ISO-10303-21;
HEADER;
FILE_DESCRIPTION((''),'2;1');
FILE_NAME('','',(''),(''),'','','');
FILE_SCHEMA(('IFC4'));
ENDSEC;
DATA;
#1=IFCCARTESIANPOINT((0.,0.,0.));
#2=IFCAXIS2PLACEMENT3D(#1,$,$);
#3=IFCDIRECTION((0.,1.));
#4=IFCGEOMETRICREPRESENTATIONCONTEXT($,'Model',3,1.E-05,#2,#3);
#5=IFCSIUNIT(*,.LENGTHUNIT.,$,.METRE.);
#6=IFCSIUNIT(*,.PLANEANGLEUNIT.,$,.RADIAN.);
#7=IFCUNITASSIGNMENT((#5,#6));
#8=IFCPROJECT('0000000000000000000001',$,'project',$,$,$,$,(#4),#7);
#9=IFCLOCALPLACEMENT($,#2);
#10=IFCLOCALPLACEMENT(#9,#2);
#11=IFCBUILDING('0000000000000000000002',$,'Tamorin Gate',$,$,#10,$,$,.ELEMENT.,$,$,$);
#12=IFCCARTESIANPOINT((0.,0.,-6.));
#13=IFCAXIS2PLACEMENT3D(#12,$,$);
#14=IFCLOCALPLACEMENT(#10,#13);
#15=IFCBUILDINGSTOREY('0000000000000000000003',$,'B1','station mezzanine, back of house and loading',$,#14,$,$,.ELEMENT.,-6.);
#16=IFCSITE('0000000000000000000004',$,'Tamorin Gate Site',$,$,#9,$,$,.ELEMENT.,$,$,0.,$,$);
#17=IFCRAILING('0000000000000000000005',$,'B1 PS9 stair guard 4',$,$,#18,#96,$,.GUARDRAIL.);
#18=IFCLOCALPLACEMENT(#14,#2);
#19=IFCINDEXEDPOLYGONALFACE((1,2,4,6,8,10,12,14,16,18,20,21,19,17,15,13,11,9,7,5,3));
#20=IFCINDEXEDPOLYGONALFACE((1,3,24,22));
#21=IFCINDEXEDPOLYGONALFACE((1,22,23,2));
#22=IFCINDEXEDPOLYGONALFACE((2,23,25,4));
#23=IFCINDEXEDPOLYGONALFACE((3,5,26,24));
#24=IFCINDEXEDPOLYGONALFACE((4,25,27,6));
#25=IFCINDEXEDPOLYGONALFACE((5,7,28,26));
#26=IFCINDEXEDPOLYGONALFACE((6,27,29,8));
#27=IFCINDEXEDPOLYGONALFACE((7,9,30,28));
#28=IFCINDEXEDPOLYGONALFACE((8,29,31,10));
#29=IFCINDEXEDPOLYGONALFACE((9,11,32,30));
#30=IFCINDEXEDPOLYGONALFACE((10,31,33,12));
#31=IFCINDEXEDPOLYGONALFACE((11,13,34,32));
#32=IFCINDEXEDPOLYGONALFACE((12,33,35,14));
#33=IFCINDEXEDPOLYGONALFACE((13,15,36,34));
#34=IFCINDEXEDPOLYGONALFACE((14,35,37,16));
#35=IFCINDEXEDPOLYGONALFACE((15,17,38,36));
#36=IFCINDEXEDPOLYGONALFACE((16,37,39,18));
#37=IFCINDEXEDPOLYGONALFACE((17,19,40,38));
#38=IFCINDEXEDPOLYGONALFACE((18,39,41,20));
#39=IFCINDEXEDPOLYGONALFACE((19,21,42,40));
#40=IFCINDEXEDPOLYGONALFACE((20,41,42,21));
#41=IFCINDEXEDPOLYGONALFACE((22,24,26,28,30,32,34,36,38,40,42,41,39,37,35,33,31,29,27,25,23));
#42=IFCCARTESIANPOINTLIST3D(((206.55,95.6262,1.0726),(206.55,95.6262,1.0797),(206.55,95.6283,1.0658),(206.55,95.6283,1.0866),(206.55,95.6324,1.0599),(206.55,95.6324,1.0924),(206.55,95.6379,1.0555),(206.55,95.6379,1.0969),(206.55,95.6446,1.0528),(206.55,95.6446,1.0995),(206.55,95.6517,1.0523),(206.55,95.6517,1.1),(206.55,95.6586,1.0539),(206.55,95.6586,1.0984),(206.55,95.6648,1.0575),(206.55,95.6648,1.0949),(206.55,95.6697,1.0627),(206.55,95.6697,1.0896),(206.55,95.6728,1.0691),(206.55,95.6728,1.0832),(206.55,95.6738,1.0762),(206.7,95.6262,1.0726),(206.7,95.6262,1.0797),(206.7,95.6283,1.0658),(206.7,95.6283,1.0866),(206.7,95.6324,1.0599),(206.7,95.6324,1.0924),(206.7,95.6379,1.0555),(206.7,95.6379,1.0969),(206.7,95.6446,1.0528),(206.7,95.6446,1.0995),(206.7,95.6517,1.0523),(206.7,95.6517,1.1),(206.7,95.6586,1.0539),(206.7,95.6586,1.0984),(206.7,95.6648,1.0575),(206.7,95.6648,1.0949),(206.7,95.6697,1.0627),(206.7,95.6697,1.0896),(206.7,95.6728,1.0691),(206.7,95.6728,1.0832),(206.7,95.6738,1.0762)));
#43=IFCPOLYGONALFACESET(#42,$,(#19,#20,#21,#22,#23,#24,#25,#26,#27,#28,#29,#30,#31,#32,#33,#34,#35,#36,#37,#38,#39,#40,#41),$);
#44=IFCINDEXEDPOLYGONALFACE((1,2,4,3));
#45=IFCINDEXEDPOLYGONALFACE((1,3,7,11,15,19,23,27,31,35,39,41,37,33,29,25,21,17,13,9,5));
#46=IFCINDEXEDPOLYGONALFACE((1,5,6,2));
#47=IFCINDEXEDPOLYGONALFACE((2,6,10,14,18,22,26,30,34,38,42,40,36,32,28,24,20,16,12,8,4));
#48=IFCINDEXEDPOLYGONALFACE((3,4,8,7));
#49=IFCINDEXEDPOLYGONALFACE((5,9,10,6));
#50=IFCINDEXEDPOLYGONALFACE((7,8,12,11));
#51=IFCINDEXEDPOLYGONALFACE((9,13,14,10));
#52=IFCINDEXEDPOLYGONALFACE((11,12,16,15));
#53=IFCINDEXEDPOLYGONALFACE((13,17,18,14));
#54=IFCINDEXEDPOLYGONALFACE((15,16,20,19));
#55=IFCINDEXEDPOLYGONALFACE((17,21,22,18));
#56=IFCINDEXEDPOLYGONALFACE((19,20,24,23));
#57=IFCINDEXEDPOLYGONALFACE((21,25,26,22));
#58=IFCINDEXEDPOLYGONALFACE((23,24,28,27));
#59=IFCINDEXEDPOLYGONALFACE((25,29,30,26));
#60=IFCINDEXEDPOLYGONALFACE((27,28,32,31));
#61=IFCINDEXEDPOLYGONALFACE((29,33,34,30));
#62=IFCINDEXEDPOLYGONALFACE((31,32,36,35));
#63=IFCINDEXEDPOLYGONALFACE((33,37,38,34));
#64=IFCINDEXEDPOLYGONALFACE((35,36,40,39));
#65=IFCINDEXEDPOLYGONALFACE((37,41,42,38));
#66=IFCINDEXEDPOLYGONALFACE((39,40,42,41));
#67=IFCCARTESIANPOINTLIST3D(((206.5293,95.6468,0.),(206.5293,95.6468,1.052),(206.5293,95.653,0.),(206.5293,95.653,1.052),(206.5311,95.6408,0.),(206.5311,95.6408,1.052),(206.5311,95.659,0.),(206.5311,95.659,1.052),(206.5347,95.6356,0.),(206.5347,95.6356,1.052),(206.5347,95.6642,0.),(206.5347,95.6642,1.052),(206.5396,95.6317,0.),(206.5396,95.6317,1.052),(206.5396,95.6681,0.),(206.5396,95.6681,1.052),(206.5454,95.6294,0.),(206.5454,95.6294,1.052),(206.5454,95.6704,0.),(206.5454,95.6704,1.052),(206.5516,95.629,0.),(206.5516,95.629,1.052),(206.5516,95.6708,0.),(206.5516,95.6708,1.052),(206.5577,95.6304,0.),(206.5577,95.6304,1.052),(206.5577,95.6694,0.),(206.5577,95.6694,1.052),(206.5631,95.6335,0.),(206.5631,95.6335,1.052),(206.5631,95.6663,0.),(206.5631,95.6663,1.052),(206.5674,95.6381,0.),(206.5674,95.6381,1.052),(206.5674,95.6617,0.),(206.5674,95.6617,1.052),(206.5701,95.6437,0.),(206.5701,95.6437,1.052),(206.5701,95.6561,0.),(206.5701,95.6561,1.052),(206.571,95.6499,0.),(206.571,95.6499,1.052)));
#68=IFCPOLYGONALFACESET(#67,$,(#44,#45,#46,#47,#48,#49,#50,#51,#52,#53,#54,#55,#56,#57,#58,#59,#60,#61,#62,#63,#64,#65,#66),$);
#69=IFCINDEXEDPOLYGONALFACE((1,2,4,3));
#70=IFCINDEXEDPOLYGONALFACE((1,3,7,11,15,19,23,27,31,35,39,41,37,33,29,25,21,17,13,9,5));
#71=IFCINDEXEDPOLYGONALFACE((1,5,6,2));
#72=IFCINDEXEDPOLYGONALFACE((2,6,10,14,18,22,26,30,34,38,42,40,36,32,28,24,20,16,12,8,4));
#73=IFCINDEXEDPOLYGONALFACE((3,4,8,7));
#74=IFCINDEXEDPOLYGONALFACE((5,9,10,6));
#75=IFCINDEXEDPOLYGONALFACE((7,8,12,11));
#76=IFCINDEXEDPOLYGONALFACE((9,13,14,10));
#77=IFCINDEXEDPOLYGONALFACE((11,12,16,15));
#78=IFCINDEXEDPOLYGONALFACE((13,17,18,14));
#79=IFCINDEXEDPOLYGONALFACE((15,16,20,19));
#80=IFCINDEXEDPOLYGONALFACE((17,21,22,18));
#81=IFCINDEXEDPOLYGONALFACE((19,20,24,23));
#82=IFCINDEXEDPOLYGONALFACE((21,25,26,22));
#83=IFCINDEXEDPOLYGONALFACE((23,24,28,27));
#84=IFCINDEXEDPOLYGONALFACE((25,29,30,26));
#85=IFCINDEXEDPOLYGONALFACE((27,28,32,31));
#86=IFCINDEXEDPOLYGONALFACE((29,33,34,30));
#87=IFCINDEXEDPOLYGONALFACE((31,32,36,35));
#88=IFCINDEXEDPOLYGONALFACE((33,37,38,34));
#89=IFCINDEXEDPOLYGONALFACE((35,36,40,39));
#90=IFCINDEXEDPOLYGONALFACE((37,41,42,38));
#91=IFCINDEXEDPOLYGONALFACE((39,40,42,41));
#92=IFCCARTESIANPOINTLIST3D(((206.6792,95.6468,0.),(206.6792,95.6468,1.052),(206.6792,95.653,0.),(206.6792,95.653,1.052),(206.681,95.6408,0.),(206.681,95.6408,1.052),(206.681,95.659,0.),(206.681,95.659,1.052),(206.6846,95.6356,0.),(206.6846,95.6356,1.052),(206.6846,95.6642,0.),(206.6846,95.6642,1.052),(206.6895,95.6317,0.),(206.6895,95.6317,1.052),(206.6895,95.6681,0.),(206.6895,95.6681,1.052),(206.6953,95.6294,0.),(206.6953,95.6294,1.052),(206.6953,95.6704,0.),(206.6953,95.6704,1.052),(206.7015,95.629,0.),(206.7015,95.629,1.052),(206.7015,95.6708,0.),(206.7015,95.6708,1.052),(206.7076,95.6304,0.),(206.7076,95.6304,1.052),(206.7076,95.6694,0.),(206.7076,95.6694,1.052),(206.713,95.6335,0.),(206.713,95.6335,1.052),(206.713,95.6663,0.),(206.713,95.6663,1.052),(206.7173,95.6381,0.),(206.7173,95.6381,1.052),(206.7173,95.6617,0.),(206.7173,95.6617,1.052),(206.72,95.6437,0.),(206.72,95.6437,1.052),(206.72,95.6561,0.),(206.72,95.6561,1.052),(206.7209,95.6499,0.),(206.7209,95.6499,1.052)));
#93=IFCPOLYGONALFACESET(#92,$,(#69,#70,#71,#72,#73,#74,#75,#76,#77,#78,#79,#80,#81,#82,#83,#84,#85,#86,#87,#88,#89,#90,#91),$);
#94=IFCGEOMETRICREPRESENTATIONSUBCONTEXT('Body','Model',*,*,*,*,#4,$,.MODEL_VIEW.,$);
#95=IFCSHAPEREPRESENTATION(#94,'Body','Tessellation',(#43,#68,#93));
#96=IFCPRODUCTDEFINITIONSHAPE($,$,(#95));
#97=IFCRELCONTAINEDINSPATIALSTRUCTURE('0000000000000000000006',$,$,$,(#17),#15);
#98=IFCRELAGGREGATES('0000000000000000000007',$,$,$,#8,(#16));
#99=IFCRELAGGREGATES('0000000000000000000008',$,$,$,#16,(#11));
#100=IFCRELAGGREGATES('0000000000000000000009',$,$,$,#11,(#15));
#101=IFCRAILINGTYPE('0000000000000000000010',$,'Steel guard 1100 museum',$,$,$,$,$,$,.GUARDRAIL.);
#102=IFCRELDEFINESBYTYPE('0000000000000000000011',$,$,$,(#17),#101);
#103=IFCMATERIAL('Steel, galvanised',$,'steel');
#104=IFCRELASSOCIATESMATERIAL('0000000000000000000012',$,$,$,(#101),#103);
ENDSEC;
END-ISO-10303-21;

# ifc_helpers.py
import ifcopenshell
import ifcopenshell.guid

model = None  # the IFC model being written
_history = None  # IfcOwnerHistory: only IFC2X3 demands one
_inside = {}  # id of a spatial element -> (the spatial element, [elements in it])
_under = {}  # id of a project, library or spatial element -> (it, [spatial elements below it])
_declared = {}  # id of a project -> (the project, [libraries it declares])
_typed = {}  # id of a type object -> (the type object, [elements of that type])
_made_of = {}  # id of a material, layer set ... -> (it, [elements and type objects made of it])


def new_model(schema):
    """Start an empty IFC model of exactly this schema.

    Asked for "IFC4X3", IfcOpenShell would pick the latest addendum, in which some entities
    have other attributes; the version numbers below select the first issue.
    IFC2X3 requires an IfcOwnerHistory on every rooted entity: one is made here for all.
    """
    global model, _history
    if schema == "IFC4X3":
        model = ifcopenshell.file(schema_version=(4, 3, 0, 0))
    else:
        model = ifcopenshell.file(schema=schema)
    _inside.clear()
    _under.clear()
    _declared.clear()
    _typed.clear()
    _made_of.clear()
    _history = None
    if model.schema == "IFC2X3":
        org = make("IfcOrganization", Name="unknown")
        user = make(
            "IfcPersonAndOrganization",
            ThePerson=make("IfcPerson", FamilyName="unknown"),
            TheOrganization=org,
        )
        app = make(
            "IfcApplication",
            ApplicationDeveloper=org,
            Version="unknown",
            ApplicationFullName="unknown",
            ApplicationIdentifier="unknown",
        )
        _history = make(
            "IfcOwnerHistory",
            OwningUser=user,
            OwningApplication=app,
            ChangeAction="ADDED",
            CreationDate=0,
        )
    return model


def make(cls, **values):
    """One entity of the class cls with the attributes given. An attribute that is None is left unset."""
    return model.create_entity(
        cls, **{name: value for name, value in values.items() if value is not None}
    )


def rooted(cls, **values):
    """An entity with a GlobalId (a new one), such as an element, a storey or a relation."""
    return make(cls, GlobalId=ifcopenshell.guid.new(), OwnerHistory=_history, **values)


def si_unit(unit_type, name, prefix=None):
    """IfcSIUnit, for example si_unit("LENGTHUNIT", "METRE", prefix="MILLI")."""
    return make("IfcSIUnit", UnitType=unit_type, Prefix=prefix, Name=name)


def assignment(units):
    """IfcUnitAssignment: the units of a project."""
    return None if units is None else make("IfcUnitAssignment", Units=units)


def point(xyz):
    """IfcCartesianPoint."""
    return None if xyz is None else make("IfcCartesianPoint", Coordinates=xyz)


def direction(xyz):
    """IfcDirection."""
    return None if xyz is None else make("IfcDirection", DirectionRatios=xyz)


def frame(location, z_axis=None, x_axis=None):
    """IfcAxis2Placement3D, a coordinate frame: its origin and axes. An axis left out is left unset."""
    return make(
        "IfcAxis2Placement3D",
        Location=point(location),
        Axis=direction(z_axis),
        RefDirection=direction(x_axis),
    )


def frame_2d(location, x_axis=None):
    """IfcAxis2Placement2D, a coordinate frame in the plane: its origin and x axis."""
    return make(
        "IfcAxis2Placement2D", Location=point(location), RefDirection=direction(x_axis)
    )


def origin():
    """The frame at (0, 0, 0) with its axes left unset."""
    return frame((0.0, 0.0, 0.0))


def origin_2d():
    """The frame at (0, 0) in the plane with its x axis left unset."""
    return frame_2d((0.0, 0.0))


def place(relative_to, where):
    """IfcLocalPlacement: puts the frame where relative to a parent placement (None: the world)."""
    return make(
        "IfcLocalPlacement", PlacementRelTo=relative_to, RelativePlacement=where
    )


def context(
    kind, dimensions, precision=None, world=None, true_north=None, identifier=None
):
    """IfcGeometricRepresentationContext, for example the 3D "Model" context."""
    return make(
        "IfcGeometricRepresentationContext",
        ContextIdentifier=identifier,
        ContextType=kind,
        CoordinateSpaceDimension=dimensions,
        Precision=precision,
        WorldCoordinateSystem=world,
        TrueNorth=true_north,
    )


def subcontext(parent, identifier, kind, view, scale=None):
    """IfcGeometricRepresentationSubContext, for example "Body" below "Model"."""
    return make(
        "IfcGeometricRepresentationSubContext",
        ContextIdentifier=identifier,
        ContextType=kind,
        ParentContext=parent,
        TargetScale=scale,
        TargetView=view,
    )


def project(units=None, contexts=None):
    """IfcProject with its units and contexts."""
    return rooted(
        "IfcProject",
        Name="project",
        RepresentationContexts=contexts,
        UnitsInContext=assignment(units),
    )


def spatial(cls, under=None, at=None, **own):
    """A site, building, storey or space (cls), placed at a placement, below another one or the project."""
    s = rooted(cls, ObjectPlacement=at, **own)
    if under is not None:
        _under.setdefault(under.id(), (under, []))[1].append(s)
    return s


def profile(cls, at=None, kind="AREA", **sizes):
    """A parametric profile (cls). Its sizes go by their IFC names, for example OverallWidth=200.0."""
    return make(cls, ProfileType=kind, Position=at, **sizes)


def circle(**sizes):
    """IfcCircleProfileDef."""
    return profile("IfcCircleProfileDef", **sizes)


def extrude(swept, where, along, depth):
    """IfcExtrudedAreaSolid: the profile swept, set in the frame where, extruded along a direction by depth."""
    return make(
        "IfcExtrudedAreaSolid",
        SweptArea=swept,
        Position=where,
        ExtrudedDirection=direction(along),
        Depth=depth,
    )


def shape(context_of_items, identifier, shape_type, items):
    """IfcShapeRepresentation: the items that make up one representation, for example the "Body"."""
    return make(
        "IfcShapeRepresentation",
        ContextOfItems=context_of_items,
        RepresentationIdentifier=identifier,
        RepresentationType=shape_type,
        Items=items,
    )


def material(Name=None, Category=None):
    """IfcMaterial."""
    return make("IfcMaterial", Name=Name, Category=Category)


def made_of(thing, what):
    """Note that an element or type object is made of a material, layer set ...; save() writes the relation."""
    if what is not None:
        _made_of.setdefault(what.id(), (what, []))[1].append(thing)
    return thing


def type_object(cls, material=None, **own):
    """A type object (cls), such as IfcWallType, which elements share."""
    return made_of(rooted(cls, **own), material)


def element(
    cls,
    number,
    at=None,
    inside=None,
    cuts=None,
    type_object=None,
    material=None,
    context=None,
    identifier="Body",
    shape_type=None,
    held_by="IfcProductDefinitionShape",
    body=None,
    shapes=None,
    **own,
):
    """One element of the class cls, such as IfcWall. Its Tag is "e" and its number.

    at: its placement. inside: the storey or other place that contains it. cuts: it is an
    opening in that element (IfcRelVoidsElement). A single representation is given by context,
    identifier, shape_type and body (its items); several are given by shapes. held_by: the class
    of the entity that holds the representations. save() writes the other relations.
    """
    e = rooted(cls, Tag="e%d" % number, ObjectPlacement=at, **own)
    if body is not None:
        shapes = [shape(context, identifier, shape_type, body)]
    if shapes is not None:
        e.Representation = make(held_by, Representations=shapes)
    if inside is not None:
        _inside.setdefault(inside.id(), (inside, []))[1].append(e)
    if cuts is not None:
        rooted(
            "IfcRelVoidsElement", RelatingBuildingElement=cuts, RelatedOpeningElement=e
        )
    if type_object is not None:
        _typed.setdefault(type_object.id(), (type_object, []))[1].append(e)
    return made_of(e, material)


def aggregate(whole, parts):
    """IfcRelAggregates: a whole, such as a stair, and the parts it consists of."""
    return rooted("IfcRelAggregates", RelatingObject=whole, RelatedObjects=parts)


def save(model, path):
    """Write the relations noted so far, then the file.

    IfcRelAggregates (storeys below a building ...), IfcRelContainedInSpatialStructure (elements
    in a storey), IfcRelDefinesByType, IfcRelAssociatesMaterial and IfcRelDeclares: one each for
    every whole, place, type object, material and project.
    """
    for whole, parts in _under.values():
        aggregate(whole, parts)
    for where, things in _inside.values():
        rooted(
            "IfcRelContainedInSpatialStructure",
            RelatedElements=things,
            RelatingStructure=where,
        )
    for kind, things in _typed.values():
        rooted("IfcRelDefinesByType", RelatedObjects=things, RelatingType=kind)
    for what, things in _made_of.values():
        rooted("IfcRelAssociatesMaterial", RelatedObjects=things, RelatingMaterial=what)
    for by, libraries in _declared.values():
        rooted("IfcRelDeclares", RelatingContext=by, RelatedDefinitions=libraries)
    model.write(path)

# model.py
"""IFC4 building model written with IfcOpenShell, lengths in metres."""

from ifc_helpers import new_model, si_unit, direction, frame, origin, origin_2d, place, context, subcontext, project, spatial, circle, extrude, material, type_object, element, save


model = new_model("IFC4")

# Units and contexts
model_context = context("Model", 3, precision=1e-05, world=origin(), true_north=direction((0.0, 1.0)))
body_context = subcontext(model_context, "Body", "Model", "MODEL_VIEW")
ifc_project = project(units=[si_unit("LENGTHUNIT", "METRE"), si_unit("PLANEANGLEUNIT", "RADIAN")], contexts=[model_context])

# Site, building, storey
site_placement = place(None, origin())
site = spatial("IfcSite", under=ifc_project, at=site_placement, Name="Tamorin Gate Site", CompositionType="ELEMENT", RefElevation=0.0)
building_placement = place(site_placement, origin())
building = spatial("IfcBuilding", under=site, at=building_placement, Name="Tamorin Gate", CompositionType="ELEMENT")
storey_placement = place(building_placement, frame((0.0, 0.0, -6.0)))
storey = spatial("IfcBuildingStorey", under=building, at=storey_placement, Name="B1", Description="station mezzanine, back of house and loading", CompositionType="ELEMENT", Elevation=-6.0)

# Railing
ifc_material_1 = material(Name="Steel, galvanised", Category="steel")
railing_type_1 = type_object("IfcRailingType", Name="Steel guard 1100 museum", PredefinedType="GUARDRAIL", material=ifc_material_1)
railing_1_placement = place(storey_placement, frame((206.55, 95.6499, 0.0)))
element("IfcRailing", 1, at=railing_1_placement, inside=storey, type_object=railing_type_1, Name="B1 PS9 stair guard 4", PredefinedType="GUARDRAIL", context=body_context, shape_type="SweptSolid", body=[
    extrude(circle(Radius=0.0239, at=origin_2d()), frame((0.0, 0.0, 1.0762), z_axis=(1.0, 0.0, 0.0), x_axis=(0.0, 1.0, 0.0)), (0.0, 0.0, 1.0), 0.1499),
    extrude(circle(Radius=0.021, at=origin_2d()), origin(), (0.0, 0.0, 1.0), 1.052),
    extrude(circle(Radius=0.021, at=origin_2d()), frame((0.1499, 0.0, 0.0)), (0.0, 0.0, 1.0), 1.052),
])

save(model, "model.ifc")
